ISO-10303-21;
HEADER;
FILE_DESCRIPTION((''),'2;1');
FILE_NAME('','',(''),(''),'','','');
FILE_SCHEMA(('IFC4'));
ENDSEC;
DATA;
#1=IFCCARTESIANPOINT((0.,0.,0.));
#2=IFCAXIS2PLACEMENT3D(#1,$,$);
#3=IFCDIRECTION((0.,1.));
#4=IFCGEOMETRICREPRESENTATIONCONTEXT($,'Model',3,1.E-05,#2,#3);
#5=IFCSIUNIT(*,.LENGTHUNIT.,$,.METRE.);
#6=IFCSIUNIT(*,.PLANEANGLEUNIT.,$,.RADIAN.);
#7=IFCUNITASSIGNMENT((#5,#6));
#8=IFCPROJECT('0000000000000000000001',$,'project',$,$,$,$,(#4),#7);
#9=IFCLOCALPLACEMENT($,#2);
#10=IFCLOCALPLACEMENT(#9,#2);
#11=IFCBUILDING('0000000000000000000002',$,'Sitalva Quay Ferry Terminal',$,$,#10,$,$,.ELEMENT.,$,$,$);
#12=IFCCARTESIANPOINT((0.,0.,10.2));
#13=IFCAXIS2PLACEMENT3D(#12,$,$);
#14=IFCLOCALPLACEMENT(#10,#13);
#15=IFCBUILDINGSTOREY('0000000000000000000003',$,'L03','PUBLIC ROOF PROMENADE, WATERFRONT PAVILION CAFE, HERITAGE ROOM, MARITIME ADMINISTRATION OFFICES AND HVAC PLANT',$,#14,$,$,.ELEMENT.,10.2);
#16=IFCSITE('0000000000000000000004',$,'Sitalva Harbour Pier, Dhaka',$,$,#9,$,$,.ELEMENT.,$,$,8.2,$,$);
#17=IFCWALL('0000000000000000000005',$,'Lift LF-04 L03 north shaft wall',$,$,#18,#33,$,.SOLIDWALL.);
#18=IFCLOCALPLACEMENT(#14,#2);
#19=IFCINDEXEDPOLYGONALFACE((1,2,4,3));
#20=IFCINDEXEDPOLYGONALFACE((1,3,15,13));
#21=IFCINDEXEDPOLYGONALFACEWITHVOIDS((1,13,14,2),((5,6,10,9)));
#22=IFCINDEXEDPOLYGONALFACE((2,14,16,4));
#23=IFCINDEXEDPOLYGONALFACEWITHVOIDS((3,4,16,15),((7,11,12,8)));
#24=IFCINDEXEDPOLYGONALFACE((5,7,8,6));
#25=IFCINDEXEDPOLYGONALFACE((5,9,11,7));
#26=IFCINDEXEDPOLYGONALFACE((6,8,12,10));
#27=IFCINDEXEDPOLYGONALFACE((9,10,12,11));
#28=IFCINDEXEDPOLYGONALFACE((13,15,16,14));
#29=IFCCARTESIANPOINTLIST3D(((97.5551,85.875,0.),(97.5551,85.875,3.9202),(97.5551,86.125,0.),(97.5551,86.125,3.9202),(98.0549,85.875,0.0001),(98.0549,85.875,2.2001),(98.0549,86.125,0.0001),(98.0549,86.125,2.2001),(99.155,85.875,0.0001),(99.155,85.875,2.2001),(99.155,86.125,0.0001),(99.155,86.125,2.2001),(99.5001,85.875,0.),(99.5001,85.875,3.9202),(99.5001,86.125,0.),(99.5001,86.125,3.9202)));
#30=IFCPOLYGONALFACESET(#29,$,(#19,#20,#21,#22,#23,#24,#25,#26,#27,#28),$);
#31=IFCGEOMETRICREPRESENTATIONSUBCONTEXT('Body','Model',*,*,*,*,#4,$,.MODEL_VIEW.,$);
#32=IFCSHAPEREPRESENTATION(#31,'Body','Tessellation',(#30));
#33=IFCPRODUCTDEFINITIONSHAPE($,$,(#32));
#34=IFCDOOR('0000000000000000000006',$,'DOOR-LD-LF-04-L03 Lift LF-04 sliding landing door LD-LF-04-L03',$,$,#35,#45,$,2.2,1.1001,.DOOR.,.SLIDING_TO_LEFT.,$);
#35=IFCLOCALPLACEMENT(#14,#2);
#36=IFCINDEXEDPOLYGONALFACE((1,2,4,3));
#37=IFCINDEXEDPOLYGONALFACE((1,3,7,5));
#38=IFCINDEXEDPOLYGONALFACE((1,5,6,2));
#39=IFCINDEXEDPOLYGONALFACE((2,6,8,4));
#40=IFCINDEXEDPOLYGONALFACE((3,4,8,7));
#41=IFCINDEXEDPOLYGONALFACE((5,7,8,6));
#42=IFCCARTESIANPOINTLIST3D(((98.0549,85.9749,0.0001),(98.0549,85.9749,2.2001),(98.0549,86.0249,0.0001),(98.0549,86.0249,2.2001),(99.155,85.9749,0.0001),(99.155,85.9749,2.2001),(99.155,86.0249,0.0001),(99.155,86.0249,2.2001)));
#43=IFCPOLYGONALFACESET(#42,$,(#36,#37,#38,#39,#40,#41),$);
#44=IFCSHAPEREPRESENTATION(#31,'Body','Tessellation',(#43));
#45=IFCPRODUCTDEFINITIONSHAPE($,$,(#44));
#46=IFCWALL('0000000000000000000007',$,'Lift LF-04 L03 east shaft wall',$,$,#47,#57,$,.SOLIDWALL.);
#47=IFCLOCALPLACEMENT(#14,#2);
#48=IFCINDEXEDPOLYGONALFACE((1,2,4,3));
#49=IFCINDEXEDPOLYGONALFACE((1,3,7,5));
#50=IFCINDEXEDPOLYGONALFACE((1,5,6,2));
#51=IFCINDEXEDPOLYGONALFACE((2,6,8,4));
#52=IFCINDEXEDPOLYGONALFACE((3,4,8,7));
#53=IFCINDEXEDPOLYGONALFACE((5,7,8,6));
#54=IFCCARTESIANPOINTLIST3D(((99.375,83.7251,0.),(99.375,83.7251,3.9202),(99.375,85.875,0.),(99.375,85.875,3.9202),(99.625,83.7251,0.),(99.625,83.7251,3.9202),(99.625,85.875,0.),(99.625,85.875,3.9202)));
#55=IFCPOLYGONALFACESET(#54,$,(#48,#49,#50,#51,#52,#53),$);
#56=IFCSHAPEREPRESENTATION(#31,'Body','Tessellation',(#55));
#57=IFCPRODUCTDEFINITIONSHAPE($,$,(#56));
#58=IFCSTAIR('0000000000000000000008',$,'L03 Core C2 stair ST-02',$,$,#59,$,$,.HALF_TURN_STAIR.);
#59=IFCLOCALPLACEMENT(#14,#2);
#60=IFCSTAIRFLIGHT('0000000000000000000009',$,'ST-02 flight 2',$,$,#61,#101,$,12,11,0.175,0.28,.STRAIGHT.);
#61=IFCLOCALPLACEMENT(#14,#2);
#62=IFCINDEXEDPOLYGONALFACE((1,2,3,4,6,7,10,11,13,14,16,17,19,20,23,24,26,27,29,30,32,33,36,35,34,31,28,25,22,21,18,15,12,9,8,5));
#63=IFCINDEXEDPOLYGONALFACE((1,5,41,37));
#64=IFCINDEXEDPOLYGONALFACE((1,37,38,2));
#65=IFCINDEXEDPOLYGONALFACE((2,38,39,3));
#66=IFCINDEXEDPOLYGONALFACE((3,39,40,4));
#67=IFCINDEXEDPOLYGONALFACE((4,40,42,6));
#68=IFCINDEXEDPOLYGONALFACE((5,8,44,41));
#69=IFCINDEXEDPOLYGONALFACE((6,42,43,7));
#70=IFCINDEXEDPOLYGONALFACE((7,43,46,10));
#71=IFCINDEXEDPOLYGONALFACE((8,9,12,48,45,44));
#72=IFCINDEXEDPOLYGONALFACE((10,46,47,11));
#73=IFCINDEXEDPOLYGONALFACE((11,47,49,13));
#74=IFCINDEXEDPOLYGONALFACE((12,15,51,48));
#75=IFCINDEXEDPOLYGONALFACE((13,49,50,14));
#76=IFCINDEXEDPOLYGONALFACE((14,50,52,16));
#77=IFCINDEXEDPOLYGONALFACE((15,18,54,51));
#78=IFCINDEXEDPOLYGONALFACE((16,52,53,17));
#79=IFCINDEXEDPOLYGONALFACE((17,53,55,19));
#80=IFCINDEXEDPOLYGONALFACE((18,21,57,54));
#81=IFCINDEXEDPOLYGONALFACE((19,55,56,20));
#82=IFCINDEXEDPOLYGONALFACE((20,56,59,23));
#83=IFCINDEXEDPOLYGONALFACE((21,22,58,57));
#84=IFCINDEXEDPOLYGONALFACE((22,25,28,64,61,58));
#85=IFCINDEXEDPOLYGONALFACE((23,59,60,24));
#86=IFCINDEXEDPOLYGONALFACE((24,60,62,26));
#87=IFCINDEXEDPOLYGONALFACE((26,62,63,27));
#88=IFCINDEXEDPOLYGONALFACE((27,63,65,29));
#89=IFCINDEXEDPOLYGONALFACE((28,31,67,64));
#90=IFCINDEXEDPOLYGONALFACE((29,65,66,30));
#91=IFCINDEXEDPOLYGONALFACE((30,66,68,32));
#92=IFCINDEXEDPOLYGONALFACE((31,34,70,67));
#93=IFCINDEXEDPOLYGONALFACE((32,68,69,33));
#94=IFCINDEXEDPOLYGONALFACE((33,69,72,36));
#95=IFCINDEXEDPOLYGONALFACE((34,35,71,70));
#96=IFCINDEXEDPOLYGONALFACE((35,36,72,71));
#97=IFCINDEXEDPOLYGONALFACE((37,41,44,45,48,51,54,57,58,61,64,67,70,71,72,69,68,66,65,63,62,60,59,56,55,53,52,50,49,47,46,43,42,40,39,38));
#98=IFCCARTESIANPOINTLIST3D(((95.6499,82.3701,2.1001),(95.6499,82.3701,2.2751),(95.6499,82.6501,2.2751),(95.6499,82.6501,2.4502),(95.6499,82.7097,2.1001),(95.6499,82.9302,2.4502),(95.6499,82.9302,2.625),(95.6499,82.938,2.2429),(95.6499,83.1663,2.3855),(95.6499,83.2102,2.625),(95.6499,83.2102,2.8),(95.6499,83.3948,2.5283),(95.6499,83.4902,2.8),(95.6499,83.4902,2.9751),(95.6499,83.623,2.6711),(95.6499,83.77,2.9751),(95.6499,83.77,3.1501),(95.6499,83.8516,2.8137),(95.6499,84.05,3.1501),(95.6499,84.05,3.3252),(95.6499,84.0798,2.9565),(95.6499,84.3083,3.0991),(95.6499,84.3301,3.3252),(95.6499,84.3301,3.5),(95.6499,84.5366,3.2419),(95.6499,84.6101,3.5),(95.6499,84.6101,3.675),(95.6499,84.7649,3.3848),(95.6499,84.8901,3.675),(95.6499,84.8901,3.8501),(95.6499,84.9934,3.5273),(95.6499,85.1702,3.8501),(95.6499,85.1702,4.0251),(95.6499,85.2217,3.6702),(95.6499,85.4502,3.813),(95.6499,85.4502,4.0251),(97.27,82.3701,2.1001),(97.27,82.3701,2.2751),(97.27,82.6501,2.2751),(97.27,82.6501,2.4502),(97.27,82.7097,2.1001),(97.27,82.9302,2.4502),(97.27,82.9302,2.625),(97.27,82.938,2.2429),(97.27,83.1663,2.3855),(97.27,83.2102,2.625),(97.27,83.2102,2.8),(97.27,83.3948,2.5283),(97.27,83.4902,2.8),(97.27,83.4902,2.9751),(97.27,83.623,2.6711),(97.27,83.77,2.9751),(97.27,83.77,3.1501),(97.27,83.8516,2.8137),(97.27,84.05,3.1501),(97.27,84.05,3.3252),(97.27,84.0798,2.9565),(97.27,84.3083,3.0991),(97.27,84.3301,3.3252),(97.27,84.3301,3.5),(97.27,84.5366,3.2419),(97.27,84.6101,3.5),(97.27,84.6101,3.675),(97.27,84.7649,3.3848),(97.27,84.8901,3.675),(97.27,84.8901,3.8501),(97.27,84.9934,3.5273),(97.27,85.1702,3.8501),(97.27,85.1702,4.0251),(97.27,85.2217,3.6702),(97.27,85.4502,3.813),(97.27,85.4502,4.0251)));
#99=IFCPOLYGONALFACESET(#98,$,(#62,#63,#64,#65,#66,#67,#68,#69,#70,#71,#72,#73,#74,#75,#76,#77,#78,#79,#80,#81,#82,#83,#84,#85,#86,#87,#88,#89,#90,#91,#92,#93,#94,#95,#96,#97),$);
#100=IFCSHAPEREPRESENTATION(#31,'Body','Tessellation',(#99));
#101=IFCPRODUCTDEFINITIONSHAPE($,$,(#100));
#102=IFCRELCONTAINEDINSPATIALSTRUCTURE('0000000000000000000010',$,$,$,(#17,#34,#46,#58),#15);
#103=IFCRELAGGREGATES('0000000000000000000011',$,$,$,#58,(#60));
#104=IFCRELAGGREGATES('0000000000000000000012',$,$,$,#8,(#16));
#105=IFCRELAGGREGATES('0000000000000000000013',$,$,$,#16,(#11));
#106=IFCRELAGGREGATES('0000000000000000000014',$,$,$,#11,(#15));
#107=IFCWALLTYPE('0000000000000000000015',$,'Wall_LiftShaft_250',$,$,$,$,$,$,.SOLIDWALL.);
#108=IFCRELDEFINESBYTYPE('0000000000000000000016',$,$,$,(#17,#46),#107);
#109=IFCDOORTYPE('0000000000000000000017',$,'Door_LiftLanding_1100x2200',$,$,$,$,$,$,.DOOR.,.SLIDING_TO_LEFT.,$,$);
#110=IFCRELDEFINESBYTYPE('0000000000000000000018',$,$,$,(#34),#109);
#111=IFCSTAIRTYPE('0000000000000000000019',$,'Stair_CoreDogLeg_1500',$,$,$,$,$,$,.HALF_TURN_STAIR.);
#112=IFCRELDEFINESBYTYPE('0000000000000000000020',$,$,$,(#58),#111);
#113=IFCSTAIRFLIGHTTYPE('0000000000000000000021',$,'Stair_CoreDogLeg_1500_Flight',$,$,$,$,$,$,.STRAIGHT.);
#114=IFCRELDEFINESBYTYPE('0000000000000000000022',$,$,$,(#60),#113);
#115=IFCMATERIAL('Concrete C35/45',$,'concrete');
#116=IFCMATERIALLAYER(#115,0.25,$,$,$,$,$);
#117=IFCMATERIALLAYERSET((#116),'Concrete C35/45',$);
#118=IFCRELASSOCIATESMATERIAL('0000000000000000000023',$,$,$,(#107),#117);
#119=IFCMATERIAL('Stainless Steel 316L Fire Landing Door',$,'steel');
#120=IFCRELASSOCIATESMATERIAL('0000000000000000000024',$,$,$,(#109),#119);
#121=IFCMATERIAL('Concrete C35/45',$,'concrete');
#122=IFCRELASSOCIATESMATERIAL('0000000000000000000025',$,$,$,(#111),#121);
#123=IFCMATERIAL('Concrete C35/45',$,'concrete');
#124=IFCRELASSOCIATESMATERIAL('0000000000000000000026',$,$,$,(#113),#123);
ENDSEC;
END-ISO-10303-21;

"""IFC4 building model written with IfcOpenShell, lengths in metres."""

from ifc_helpers import new_model, si_unit, direction, frame, frame_2d, origin, place, context, subcontext, project, spatial, polyline, rectangle, outline, extrude, material, layer, layer_set, type_object, element, fill, aggregate, save


model = new_model("IFC4")

# Units and contexts
model_context = context("Model", 3, precision=1e-05, world=origin(), true_north=direction((0.0, 1.0)))
body_context = subcontext(model_context, "Body", "Model", "MODEL_VIEW")
ifc_project = project(units=[si_unit("LENGTHUNIT", "METRE"), si_unit("PLANEANGLEUNIT", "RADIAN")], contexts=[model_context])

# Site, building, storey
site_placement = place(None, origin())
site = spatial("IfcSite", under=ifc_project, at=site_placement, Name="Sitalva Harbour Pier, Dhaka", CompositionType="ELEMENT", RefElevation=8.2)
building_placement = place(site_placement, origin())
building = spatial("IfcBuilding", under=site, at=building_placement, Name="Sitalva Quay Ferry Terminal", CompositionType="ELEMENT")
storey_placement = place(building_placement, frame((0.0, 0.0, 10.2)))
storey = spatial("IfcBuildingStorey", under=building, at=storey_placement, Name="L03", Description="PUBLIC ROOF PROMENADE, WATERFRONT PAVILION CAFE, HERITAGE ROOM, MARITIME ADMINISTRATION OFFICES AND HVAC PLANT", CompositionType="ELEMENT", Elevation=10.2)

# Shared definitions
ifc_material_1 = material(Name="Concrete C35/45", Category="concrete")
ifc_layer_1 = layer(ifc_material_1, 0.25)
ifc_layer_set_1 = layer_set([ifc_layer_1], Name="Concrete C35/45")
wall_type_1 = type_object("IfcWallType", Name="Wall_LiftShaft_250", PredefinedType="SOLIDWALL", material=ifc_layer_set_1)

# Shared definitions
ifc_material_2 = material(Name="Stainless Steel 316L Fire Landing Door", Category="steel")
door_type = type_object("IfcDoorType", Name="Door_LiftLanding_1100x2200", OperationType="SLIDING_TO_LEFT", PredefinedType="DOOR", material=ifc_material_2)

# Wall, opening, door
wall_1_placement = place(storey_placement, frame((97.5549, 86.0, 0.0), z_axis=(0.0, 0.0, 1.0), x_axis=(1.0, 0.0, 0.0)))
wall_1 = element("IfcWall", 1, at=wall_1_placement, inside=storey, type_object=wall_type_1, Name="Lift LF-04 L03 north shaft wall", PredefinedType="SOLIDWALL", context=body_context, shape_type="SweptSolid", body=[
    extrude(rectangle(XDim=1.9451, YDim=0.25, at=frame_2d((0.9727, 0.0))), origin(), (0.0, 0.0, 1.0), 3.9202),
])
opening_1_placement = place(wall_1_placement, frame((0.5, 0.0, 0.0)))
opening_1 = element("IfcOpeningElement", 2, at=opening_1_placement, cuts=wall_1, PredefinedType="OPENING", context=body_context, shape_type="SweptSolid", body=[
    extrude(rectangle(XDim=1.1001, YDim=2.2, at=frame_2d((0.55, 1.1001))), frame((0.0, 0.135, 0.0), z_axis=(0.0, -1.0, 0.0), x_axis=(1.0, 0.0, 0.0)), (0.0, 0.0, 1.0), 0.27),
])
door_1_placement = place(opening_1_placement, origin())
door_1 = element("IfcDoor", 3, at=door_1_placement, inside=storey, type_object=door_type, Name="DOOR-LD-LF-04-L03 Lift LF-04 sliding landing door LD-LF-04-L03", OperationType="SLIDING_TO_LEFT", OverallHeight=2.2, OverallWidth=1.1001, PredefinedType="DOOR", context=body_context, shape_type="SweptSolid", body=[
    extrude(rectangle(XDim=1.1001, YDim=2.2, at=frame_2d((0.55, 1.1001))), frame((0.0, 0.0249, 0.0), z_axis=(0.0, -1.0, 0.0), x_axis=(1.0, 0.0, 0.0)), (0.0, 0.0, 1.0), 0.05),
])
fill(opening_1, door_1)

# Wall
wall_2_placement = place(storey_placement, frame((99.5, 83.7251, 0.0), z_axis=(0.0, 0.0, 1.0), x_axis=(0.0, 1.0, 0.0)))
element("IfcWall", 4, at=wall_2_placement, inside=storey, type_object=wall_type_1, Name="Lift LF-04 L03 east shaft wall", PredefinedType="SOLIDWALL", context=body_context, shape_type="SweptSolid", body=[
    extrude(rectangle(XDim=2.1499, YDim=0.25, at=frame_2d((1.075, 0.0))), origin(), (0.0, 0.0, 1.0), 3.9202),
])

# Stair, stair flight
ifc_material_3 = material(Name="Concrete C35/45", Category="concrete")
stair_type = type_object("IfcStairType", Name="Stair_CoreDogLeg_1500", PredefinedType="HALF_TURN_STAIR", material=ifc_material_3)
stair_placement = place(storey_placement, origin())
stair = element("IfcStair", 5, at=stair_placement, inside=storey, type_object=stair_type, Name="L03 Core C2 stair ST-02", PredefinedType="HALF_TURN_STAIR")
ifc_material_4 = material(Name="Concrete C35/45", Category="concrete")
stair_flight_type = type_object("IfcStairFlightType", Name="Stair_CoreDogLeg_1500_Flight", PredefinedType="STRAIGHT", material=ifc_material_4)
stair_flight_placement = place(storey_placement, frame((96.46, 82.3701, 2.1001), z_axis=(0.0, 0.0, 1.0), x_axis=(0.0, 1.0, 0.0)))
stair_flight = element("IfcStairFlight", 6, at=stair_flight_placement, type_object=stair_flight_type, Name="ST-02 flight 2", NumberOfRisers=12, NumberOfTreads=11, PredefinedType="STRAIGHT", RiserHeight=0.175, TreadLength=0.28, context=body_context, shape_type="SweptSolid", body=[
    extrude(outline(polyline([(0.0, 0.0), (0.0, 0.175), (0.28, 0.175), (0.28, 0.3501), (0.5601, 0.3501), (0.5601, 0.5249), (0.8401, 0.5249), (0.8401, 0.7), (1.1201, 0.7), (1.1201, 0.875), (1.3999, 0.875), (1.3999, 1.05), (1.6799, 1.05), (1.6799, 1.2251), (1.96, 1.2251), (1.96, 1.3999), (2.24, 1.3999), (2.24, 1.575), (2.52, 1.575), (2.52, 1.75), (2.8, 1.75), (2.8, 1.925), (3.0801, 1.925), (3.0801, 2.1001), (3.0801, 1.7129), (2.8516, 1.5701), (2.6233, 1.4272), (2.3948, 1.2847), (2.1665, 1.1418), (1.9382, 0.999), (1.7097, 0.8564), (1.4814, 0.7136), (1.2529, 0.571), (1.0247, 0.4282), (0.7961, 0.2854), (0.5679, 0.1428), (0.3396, 0.0), (0.0, 0.0)])), frame((0.0, 0.8101, 0.0), z_axis=(0.0, -1.0, 0.0), x_axis=(1.0, 0.0, 0.0)), (0.0, 0.0, 1.0), 1.6201),
])
aggregate(stair, [stair_flight])

save(model, "model.ifc")
